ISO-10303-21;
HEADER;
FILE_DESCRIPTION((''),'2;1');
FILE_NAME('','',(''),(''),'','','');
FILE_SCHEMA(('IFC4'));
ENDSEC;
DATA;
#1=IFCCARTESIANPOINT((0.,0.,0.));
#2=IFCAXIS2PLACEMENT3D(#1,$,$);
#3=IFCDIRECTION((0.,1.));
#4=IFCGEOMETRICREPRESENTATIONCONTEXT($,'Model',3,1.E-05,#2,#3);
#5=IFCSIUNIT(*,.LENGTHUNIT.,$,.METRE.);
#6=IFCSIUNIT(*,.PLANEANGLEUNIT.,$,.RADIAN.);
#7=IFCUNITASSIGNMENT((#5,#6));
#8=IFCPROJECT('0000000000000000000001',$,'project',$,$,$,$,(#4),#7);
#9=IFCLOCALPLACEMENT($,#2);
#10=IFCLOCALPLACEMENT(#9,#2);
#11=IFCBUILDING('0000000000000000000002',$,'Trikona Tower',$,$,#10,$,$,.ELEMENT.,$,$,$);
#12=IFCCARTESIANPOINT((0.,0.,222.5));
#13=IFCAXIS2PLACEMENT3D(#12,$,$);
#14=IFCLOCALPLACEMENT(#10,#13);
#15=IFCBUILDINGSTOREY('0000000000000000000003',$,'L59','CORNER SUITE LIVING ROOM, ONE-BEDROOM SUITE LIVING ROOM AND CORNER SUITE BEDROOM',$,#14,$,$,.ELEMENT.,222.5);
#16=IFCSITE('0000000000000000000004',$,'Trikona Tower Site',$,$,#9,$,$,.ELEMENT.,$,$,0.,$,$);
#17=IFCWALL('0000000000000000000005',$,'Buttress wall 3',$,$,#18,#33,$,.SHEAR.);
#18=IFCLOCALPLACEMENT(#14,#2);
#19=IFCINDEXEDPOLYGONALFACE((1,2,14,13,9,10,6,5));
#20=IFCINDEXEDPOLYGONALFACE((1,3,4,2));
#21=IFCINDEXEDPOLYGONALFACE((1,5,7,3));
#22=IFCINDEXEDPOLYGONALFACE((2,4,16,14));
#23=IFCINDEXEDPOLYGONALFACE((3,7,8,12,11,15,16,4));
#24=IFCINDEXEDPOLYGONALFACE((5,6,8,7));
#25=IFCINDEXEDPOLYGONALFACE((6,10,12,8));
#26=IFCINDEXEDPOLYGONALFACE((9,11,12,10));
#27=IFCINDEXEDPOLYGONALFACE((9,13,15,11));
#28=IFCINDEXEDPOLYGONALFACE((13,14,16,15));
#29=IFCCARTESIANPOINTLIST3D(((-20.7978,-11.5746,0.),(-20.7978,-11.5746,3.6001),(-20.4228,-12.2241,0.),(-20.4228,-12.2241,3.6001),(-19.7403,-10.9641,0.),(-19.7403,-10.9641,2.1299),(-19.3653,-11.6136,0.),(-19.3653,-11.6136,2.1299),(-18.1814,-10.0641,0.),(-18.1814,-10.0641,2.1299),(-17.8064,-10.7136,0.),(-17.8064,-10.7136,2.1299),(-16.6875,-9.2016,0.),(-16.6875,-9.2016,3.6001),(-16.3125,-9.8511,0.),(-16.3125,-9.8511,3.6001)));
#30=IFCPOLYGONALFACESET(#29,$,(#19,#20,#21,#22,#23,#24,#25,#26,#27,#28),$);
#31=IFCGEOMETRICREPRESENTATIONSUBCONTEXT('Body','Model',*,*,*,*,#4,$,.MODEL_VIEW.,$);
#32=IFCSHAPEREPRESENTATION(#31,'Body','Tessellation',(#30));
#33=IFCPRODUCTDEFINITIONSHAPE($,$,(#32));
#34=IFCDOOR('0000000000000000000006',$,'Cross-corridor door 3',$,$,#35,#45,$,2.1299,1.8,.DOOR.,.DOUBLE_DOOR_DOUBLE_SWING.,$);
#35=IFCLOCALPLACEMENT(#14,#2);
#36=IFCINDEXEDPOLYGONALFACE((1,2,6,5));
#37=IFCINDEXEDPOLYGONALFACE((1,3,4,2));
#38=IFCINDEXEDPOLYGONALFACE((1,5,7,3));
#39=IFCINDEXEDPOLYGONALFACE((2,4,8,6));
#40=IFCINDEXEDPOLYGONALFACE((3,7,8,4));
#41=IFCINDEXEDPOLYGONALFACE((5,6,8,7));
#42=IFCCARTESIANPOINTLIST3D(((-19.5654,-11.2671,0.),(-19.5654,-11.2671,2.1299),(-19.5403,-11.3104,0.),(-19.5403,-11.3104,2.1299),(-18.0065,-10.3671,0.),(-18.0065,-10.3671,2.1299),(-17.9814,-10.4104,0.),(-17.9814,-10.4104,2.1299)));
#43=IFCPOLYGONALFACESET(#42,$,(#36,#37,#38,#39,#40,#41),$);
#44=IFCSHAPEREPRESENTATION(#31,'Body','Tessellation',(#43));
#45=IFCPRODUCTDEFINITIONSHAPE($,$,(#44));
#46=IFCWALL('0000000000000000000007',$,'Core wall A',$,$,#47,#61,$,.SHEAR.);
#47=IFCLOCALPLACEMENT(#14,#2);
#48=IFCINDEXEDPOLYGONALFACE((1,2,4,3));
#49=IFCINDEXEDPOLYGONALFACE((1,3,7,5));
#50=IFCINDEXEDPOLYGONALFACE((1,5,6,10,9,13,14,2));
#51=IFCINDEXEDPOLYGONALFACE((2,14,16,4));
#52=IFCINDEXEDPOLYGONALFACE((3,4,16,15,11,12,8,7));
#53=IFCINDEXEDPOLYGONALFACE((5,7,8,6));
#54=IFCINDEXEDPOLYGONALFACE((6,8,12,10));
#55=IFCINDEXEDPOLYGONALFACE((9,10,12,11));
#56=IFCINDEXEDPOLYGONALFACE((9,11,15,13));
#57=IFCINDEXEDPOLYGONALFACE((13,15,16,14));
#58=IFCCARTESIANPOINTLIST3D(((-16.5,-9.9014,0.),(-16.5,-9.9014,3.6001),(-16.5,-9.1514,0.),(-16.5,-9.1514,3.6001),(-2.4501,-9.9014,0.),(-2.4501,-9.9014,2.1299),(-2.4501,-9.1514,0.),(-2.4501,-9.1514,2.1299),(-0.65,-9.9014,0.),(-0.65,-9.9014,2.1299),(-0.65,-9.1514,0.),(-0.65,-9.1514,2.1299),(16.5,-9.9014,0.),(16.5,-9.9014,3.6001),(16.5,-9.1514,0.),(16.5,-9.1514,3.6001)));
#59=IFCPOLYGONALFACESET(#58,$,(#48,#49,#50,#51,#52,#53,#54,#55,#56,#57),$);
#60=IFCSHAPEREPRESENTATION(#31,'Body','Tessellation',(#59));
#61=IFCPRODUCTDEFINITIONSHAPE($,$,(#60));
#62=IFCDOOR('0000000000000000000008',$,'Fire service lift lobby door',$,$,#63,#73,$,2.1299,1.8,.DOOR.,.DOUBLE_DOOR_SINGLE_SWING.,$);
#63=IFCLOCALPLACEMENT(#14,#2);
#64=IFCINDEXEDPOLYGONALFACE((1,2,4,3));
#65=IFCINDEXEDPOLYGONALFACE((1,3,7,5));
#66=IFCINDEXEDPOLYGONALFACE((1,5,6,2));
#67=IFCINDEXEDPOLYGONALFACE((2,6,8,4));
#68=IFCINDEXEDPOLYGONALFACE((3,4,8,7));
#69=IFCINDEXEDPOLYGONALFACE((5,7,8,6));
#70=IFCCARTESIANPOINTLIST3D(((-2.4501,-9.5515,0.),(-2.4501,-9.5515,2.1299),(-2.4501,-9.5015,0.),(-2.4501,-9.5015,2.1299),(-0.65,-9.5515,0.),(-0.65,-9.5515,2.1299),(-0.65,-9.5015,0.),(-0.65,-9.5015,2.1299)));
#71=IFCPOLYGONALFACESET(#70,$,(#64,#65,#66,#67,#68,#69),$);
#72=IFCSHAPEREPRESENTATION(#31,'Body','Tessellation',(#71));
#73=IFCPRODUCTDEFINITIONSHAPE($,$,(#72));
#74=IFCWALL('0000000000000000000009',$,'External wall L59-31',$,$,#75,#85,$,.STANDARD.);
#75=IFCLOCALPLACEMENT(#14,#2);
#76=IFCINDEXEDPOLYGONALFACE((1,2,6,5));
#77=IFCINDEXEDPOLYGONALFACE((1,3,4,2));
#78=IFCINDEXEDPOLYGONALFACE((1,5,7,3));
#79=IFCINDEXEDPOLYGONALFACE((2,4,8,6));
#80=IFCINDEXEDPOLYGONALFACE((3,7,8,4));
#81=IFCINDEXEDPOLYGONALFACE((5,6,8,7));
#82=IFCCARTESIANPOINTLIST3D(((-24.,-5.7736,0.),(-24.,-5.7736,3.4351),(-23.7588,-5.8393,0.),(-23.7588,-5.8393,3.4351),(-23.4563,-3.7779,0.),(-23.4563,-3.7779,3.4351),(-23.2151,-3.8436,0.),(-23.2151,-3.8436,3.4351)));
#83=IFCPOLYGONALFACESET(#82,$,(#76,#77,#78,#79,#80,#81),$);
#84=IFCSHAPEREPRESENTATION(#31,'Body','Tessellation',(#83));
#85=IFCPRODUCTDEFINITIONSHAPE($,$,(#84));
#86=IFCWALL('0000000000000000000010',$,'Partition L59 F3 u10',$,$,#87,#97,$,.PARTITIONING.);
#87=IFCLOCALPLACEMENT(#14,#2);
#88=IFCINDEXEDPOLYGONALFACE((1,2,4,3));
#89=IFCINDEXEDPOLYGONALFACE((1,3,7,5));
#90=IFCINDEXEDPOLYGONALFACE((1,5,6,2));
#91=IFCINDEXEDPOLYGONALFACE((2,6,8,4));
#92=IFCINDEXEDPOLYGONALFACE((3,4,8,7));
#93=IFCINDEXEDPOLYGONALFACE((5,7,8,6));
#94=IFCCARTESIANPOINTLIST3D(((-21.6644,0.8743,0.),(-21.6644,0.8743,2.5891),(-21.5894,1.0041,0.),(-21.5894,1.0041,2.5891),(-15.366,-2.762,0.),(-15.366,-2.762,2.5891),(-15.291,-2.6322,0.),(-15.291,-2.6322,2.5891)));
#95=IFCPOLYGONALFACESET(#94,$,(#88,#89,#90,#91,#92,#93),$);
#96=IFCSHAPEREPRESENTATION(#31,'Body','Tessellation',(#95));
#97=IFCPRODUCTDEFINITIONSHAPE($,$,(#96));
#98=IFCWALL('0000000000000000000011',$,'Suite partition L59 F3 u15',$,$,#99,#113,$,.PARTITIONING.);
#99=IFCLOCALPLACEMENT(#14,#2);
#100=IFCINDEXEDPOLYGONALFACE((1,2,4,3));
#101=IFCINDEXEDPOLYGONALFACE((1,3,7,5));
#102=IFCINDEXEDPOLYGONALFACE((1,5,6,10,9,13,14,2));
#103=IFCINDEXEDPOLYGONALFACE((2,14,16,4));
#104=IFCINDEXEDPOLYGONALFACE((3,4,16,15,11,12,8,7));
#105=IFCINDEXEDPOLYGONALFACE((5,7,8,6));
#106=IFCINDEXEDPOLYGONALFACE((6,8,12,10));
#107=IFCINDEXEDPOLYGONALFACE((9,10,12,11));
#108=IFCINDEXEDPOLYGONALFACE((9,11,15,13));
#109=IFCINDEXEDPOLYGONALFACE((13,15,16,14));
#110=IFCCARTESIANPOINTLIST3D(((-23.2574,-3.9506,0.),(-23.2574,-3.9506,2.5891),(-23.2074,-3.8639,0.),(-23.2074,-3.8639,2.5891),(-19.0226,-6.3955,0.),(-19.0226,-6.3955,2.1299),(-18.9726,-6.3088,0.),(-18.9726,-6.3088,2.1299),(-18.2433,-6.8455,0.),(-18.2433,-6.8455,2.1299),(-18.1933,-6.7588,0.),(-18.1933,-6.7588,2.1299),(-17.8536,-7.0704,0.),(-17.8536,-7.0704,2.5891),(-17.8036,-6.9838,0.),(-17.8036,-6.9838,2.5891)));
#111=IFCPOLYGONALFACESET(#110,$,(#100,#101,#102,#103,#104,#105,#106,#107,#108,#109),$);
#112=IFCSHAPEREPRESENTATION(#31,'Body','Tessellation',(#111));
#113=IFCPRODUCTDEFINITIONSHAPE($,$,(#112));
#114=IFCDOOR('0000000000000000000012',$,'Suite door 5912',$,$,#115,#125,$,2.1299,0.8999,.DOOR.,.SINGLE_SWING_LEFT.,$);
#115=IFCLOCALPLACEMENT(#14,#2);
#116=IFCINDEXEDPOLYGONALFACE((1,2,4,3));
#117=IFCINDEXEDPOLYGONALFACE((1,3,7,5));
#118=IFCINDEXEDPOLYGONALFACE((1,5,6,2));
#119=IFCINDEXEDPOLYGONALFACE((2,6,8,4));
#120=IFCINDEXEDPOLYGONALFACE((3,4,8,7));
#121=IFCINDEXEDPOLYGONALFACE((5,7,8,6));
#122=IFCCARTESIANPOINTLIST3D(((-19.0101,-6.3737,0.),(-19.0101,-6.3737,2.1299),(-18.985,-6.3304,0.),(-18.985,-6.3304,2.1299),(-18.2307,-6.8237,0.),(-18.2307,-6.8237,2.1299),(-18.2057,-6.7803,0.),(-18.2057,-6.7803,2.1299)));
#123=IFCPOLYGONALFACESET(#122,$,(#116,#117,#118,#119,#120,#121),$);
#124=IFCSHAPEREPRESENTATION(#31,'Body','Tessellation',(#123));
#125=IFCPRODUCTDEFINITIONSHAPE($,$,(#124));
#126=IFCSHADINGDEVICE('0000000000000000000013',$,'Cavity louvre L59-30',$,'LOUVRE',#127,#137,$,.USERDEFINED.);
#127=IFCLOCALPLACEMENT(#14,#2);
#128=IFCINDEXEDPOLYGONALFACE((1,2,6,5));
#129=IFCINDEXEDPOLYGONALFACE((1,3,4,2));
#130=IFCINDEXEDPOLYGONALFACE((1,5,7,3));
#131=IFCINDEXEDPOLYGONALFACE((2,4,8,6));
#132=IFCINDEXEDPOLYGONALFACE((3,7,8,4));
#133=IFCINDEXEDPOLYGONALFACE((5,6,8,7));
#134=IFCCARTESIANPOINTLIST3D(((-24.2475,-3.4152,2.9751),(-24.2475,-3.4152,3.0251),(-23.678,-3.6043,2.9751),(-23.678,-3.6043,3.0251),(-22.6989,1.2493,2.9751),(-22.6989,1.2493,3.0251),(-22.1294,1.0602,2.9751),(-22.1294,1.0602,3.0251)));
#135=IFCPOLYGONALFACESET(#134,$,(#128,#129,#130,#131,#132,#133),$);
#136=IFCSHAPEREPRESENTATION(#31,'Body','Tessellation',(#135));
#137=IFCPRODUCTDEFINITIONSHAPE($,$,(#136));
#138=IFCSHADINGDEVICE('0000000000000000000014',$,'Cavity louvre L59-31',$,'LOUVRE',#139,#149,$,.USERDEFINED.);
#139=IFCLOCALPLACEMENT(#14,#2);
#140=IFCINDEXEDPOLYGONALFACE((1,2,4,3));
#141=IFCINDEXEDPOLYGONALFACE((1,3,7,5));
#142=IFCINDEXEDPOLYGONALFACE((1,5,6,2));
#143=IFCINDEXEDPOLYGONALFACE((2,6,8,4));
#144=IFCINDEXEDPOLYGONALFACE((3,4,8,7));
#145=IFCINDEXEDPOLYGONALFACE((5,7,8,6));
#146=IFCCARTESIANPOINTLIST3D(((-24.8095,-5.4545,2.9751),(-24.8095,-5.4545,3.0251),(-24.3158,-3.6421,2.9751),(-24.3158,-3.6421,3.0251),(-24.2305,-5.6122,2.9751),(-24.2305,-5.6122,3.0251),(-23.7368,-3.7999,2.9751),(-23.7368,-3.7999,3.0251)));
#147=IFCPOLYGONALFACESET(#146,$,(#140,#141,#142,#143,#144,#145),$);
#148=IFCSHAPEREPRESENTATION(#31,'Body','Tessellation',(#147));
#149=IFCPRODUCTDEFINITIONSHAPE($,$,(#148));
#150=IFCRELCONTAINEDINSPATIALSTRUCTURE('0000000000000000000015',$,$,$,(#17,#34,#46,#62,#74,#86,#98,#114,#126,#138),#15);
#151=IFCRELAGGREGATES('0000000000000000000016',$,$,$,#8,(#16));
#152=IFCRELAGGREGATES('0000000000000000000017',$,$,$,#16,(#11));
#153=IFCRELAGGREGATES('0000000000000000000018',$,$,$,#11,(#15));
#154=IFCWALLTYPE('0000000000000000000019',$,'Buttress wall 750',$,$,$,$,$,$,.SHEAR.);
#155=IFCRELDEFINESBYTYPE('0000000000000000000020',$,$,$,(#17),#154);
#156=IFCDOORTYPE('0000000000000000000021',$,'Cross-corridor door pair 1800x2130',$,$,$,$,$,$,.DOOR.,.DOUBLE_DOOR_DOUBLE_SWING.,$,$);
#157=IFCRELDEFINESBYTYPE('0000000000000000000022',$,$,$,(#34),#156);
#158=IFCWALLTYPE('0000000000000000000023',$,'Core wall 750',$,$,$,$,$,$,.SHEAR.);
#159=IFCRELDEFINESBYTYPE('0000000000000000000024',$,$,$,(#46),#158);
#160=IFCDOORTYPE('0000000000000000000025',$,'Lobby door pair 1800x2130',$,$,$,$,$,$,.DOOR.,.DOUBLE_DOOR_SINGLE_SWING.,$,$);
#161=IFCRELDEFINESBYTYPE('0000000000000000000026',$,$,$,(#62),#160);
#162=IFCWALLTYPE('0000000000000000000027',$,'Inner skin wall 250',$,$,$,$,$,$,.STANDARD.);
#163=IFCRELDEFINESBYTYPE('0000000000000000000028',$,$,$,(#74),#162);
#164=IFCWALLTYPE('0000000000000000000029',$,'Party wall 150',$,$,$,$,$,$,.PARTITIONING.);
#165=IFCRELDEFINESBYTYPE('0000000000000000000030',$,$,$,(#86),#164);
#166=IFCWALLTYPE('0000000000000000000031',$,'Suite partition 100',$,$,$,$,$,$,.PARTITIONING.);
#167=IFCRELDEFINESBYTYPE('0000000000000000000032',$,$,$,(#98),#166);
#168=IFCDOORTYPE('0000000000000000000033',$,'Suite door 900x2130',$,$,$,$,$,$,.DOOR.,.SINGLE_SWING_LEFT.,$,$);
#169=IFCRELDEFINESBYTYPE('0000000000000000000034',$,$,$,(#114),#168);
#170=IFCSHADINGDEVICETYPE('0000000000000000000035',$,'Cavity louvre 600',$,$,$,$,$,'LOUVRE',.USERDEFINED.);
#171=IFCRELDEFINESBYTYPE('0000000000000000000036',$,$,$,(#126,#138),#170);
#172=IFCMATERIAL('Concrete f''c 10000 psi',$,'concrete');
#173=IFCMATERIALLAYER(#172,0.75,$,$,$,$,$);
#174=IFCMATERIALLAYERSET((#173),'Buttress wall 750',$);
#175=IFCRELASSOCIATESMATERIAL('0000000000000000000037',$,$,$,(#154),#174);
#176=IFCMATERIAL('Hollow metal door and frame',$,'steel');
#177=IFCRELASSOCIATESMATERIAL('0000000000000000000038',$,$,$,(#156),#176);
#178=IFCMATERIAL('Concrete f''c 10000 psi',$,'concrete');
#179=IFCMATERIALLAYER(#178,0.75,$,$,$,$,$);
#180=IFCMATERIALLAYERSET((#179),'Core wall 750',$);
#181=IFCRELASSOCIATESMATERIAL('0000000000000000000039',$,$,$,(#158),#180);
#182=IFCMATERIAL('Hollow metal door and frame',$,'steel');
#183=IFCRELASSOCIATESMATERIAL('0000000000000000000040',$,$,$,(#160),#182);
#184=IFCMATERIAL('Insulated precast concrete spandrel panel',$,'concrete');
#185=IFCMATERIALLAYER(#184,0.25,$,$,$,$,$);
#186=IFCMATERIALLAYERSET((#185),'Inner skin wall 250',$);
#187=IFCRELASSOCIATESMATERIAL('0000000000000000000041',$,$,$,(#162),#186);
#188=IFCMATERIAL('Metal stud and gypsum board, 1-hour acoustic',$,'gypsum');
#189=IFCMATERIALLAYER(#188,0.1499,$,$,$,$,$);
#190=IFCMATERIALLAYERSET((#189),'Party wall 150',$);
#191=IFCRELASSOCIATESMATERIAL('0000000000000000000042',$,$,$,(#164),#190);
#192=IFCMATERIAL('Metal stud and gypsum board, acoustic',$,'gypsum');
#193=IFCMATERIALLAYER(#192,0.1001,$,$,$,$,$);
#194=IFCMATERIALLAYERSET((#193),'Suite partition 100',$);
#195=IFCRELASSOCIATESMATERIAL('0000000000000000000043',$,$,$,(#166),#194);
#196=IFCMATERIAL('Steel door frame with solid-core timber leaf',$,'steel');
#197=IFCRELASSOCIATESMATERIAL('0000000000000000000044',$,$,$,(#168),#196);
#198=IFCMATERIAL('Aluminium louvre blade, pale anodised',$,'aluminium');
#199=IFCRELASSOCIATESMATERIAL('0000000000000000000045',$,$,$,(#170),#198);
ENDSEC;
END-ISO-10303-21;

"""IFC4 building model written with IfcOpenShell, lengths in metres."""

from ifc_helpers import new_model, si_unit, direction, frame, frame_2d, origin, origin_2d, place, context, subcontext, project, spatial, rectangle, extrude, material, layer, layer_set, type_object, element, fill, save


model = new_model("IFC4")

# Units and contexts
model_context = context("Model", 3, precision=1e-05, world=origin(), true_north=direction((0.0, 1.0)))
body_context = subcontext(model_context, "Body", "Model", "MODEL_VIEW")
ifc_project = project(units=[si_unit("LENGTHUNIT", "METRE"), si_unit("PLANEANGLEUNIT", "RADIAN")], contexts=[model_context])

# Site, building, storey
site_placement = place(None, origin())
site = spatial("IfcSite", under=ifc_project, at=site_placement, Name="Trikona Tower Site", CompositionType="ELEMENT", RefElevation=0.0)
building_placement = place(site_placement, origin())
building = spatial("IfcBuilding", under=site, at=building_placement, Name="Trikona Tower", CompositionType="ELEMENT")
storey_placement = place(building_placement, frame((0.0, 0.0, 222.5)))
storey = spatial("IfcBuildingStorey", under=building, at=storey_placement, Name="L59", Description="CORNER SUITE LIVING ROOM, ONE-BEDROOM SUITE LIVING ROOM AND CORNER SUITE BEDROOM", CompositionType="ELEMENT", Elevation=222.5)

# Walls, openings, doors
ifc_material_1 = material(Name="Concrete f'c 10000 psi", Category="concrete")
ifc_layer_1 = layer(ifc_material_1, 0.75)
ifc_layer_set_1 = layer_set([ifc_layer_1], Name="Buttress wall 750")
wall_type_1 = type_object("IfcWallType", Name="Buttress wall 750", PredefinedType="SHEAR", material=ifc_layer_set_1)
wall_1_placement = place(storey_placement, frame((-16.5, -9.5264, 0.0), z_axis=(0.0, 0.0, 1.0), x_axis=(-0.866031, -0.49999, 0.0)))
wall_1 = element("IfcWall", 1, at=wall_1_placement, inside=storey, type_object=wall_type_1, Name="Buttress wall 3", PredefinedType="SHEAR", context=body_context, shape_type="SweptSolid", body=[
    extrude(rectangle(XDim=4.7461, YDim=0.75, at=frame_2d((2.373, 0.0))), origin(), (0.0, 0.0, 1.0), 3.6001),
])
opening_1_placement = place(wall_1_placement, frame((1.7251, 0.0, 0.0)))
opening_1 = element("IfcOpeningElement", 2, at=opening_1_placement, cuts=wall_1, PredefinedType="OPENING", context=body_context, shape_type="SweptSolid", body=[
    extrude(rectangle(XDim=1.8, YDim=2.1299, at=frame_2d((0.8999, 1.0649))), frame((0.0, 0.385, 0.0), z_axis=(0.0, -1.0, 0.0), x_axis=(1.0, 0.0, 0.0)), (0.0, 0.0, 1.0), 0.77),
])
ifc_material_2 = material(Name="Hollow metal door and frame", Category="steel")
door_type_1 = type_object("IfcDoorType", Name="Cross-corridor door pair 1800x2130", OperationType="DOUBLE_DOOR_DOUBLE_SWING", PredefinedType="DOOR", material=ifc_material_2)
door_1_placement = place(opening_1_placement, origin())
door_1 = element("IfcDoor", 3, at=door_1_placement, inside=storey, type_object=door_type_1, Name="Cross-corridor door 3", OperationType="DOUBLE_DOOR_DOUBLE_SWING", OverallHeight=2.1299, OverallWidth=1.8, PredefinedType="DOOR", context=body_context, shape_type="SweptSolid", body=[
    extrude(rectangle(XDim=1.8, YDim=2.1299, at=frame_2d((0.8999, 1.0649))), frame((0.0, 0.0249, 0.0), z_axis=(0.0, -1.0, 0.0), x_axis=(1.0, 0.0, 0.0)), (0.0, 0.0, 1.0), 0.05),
])
fill(opening_1, door_1)
ifc_material_3 = material(Name="Concrete f'c 10000 psi", Category="concrete")
ifc_layer_2 = layer(ifc_material_3, 0.75)
ifc_layer_set_2 = layer_set([ifc_layer_2], Name="Core wall 750")
wall_type_2 = type_object("IfcWallType", Name="Core wall 750", PredefinedType="SHEAR", material=ifc_layer_set_2)
wall_2_placement = place(storey_placement, frame((-16.5, -9.5264, 0.0), z_axis=(0.0, 0.0, 1.0), x_axis=(1.0, 0.0, 0.0)))
wall_2 = element("IfcWall", 4, at=wall_2_placement, inside=storey, type_object=wall_type_2, Name="Core wall A", PredefinedType="SHEAR", context=body_context, shape_type="SweptSolid", body=[
    extrude(rectangle(XDim=33.0, YDim=0.75, at=frame_2d((16.5, 0.0))), origin(), (0.0, 0.0, 1.0), 3.6001),
])
opening_2_placement = place(wall_2_placement, frame((14.05, 0.0, 0.0)))
opening_2 = element("IfcOpeningElement", 5, at=opening_2_placement, cuts=wall_2, PredefinedType="OPENING", context=body_context, shape_type="SweptSolid", body=[
    extrude(rectangle(XDim=1.8, YDim=2.1299, at=frame_2d((0.8999, 1.0649))), frame((0.0, 0.385, 0.0), z_axis=(0.0, -1.0, 0.0), x_axis=(1.0, 0.0, 0.0)), (0.0, 0.0, 1.0), 0.77),
])
ifc_material_4 = material(Name="Hollow metal door and frame", Category="steel")
door_type_2 = type_object("IfcDoorType", Name="Lobby door pair 1800x2130", OperationType="DOUBLE_DOOR_SINGLE_SWING", PredefinedType="DOOR", material=ifc_material_4)
door_2_placement = place(opening_2_placement, origin())
door_2 = element("IfcDoor", 6, at=door_2_placement, inside=storey, type_object=door_type_2, Name="Fire service lift lobby door", OperationType="DOUBLE_DOOR_SINGLE_SWING", OverallHeight=2.1299, OverallWidth=1.8, PredefinedType="DOOR", context=body_context, shape_type="SweptSolid", body=[
    extrude(rectangle(XDim=1.8, YDim=2.1299, at=frame_2d((0.8999, 1.0649))), frame((0.0, 0.0249, 0.0), z_axis=(0.0, -1.0, 0.0), x_axis=(1.0, 0.0, 0.0)), (0.0, 0.0, 1.0), 0.05),
])
fill(opening_2, door_2)

# Walls
ifc_material_5 = material(Name="Insulated precast concrete spandrel panel", Category="concrete")
ifc_layer_3 = layer(ifc_material_5, 0.25)
ifc_layer_set_3 = layer_set([ifc_layer_3], Name="Inner skin wall 250")
wall_type_3 = type_object("IfcWallType", Name="Inner skin wall 250", PredefinedType="STANDARD", material=ifc_layer_set_3)
wall_3_placement = place(storey_placement, frame((-23.3357, -3.8108, 0.0), z_axis=(0.0, 0.0, 1.0), x_axis=(-0.262868, -0.964832, 0.0)))
element("IfcWall", 7, at=wall_3_placement, inside=storey, type_object=wall_type_3, Name="External wall L59-31", PredefinedType="STANDARD", context=body_context, shape_type="SweptSolid", body=[
    extrude(rectangle(XDim=2.0684, YDim=0.25, at=frame_2d((1.0342, 0.0))), origin(), (0.0, 0.0, 1.0), 3.4351),
])
ifc_material_6 = material(Name="Metal stud and gypsum board, 1-hour acoustic", Category="gypsum")
ifc_layer_4 = layer(ifc_material_6, 0.1499)
ifc_layer_set_4 = layer_set([ifc_layer_4], Name="Party wall 150")
wall_type_4 = type_object("IfcWallType", Name="Party wall 150", PredefinedType="PARTITIONING", material=ifc_layer_set_4)
wall_4_placement = place(storey_placement, frame((-15.3286, -2.697, 0.0), z_axis=(0.0, 0.0, 1.0), x_axis=(-0.866032, 0.499988, 0.0)))
element("IfcWall", 8, at=wall_4_placement, inside=storey, type_object=wall_type_4, Name="Partition L59 F3 u10", PredefinedType="PARTITIONING", context=body_context, shape_type="SweptSolid", body=[
    extrude(rectangle(XDim=7.2727, YDim=0.1499, at=frame_2d((3.6362, 0.0))), origin(), (0.0, 0.0, 1.0), 2.5891),
])

# Wall, opening, door
ifc_material_7 = material(Name="Metal stud and gypsum board, acoustic", Category="gypsum")
ifc_layer_5 = layer(ifc_material_7, 0.1001)
ifc_layer_set_5 = layer_set([ifc_layer_5], Name="Suite partition 100")
wall_type_5 = type_object("IfcWallType", Name="Suite partition 100", PredefinedType="PARTITIONING", material=ifc_layer_set_5)
wall_5_placement = place(storey_placement, frame((-17.8286, -7.0271, 0.0), z_axis=(0.0, 0.0, 1.0), x_axis=(-0.866027, 0.499998, 0.0)))
wall_5 = element("IfcWall", 9, at=wall_5_placement, inside=storey, type_object=wall_type_5, Name="Suite partition L59 F3 u15", PredefinedType="PARTITIONING", context=body_context, shape_type="SweptSolid", body=[
    extrude(rectangle(XDim=6.2397, YDim=0.1001, at=frame_2d((3.1199, 0.0))), origin(), (0.0, 0.0, 1.0), 2.5891),
])
opening_3_placement = place(wall_5_placement, frame((0.45, 0.0, 0.0)))
opening_3 = element("IfcOpeningElement", 10, at=opening_3_placement, cuts=wall_5, PredefinedType="OPENING", context=body_context, shape_type="SweptSolid", body=[
    extrude(rectangle(XDim=0.8999, YDim=2.1299, at=frame_2d((0.45, 1.0649))), frame((0.0, 0.0601, 0.0), z_axis=(0.0, -1.0, 0.0), x_axis=(1.0, 0.0, 0.0)), (0.0, 0.0, 1.0), 0.1201),
])
ifc_material_8 = material(Name="Steel door frame with solid-core timber leaf", Category="steel")
door_type_3 = type_object("IfcDoorType", Name="Suite door 900x2130", OperationType="SINGLE_SWING_LEFT", PredefinedType="DOOR", material=ifc_material_8)
door_3_placement = place(opening_3_placement, origin())
door_3 = element("IfcDoor", 11, at=door_3_placement, inside=storey, type_object=door_type_3, Name="Suite door 5912", OperationType="SINGLE_SWING_LEFT", OverallHeight=2.1299, OverallWidth=0.8999, PredefinedType="DOOR", context=body_context, shape_type="SweptSolid", body=[
    extrude(rectangle(XDim=0.8999, YDim=2.1299, at=frame_2d((0.45, 1.0649))), frame((0.0, 0.0249, 0.0), z_axis=(0.0, -1.0, 0.0), x_axis=(1.0, 0.0, 0.0)), (0.0, 0.0, 1.0), 0.05),
])
fill(opening_3, door_3)

# Shading devices
ifc_material_9 = material(Name="Aluminium louvre blade, pale anodised", Category="aluminium")
shading_device_type = type_object("IfcShadingDeviceType", Name="Cavity louvre 600", ElementType="LOUVRE", PredefinedType="USERDEFINED", material=ifc_material_9)
shading_device_1_placement = place(storey_placement, frame((-23.1885, -1.1775, 2.9751), z_axis=(0.0, 0.0, 1.0), x_axis=(-0.315093, -0.949061, 0.0)))
element("IfcShadingDevice", 12, at=shading_device_1_placement, inside=storey, type_object=shading_device_type, Name="Cavity louvre L59-30", ObjectType="LOUVRE", PredefinedType="USERDEFINED", context=body_context, shape_type="SweptSolid", body=[
    extrude(rectangle(XDim=4.9148, YDim=0.6001, at=origin_2d()), origin(), (0.0, 0.0, 1.0), 0.05),
])
shading_device_2_placement = place(storey_placement, frame((-24.2732, -4.6272, 2.9751), z_axis=(0.0, 0.0, 1.0), x_axis=(-0.262822, -0.964844, 0.0)))
element("IfcShadingDevice", 13, at=shading_device_2_placement, inside=storey, type_object=shading_device_type, Name="Cavity louvre L59-31", ObjectType="LOUVRE", PredefinedType="USERDEFINED", context=body_context, shape_type="SweptSolid", body=[
    extrude(rectangle(XDim=1.8784, YDim=0.6001, at=origin_2d()), origin(), (0.0, 0.0, 1.0), 0.05),
])

save(model, "model.ifc")
